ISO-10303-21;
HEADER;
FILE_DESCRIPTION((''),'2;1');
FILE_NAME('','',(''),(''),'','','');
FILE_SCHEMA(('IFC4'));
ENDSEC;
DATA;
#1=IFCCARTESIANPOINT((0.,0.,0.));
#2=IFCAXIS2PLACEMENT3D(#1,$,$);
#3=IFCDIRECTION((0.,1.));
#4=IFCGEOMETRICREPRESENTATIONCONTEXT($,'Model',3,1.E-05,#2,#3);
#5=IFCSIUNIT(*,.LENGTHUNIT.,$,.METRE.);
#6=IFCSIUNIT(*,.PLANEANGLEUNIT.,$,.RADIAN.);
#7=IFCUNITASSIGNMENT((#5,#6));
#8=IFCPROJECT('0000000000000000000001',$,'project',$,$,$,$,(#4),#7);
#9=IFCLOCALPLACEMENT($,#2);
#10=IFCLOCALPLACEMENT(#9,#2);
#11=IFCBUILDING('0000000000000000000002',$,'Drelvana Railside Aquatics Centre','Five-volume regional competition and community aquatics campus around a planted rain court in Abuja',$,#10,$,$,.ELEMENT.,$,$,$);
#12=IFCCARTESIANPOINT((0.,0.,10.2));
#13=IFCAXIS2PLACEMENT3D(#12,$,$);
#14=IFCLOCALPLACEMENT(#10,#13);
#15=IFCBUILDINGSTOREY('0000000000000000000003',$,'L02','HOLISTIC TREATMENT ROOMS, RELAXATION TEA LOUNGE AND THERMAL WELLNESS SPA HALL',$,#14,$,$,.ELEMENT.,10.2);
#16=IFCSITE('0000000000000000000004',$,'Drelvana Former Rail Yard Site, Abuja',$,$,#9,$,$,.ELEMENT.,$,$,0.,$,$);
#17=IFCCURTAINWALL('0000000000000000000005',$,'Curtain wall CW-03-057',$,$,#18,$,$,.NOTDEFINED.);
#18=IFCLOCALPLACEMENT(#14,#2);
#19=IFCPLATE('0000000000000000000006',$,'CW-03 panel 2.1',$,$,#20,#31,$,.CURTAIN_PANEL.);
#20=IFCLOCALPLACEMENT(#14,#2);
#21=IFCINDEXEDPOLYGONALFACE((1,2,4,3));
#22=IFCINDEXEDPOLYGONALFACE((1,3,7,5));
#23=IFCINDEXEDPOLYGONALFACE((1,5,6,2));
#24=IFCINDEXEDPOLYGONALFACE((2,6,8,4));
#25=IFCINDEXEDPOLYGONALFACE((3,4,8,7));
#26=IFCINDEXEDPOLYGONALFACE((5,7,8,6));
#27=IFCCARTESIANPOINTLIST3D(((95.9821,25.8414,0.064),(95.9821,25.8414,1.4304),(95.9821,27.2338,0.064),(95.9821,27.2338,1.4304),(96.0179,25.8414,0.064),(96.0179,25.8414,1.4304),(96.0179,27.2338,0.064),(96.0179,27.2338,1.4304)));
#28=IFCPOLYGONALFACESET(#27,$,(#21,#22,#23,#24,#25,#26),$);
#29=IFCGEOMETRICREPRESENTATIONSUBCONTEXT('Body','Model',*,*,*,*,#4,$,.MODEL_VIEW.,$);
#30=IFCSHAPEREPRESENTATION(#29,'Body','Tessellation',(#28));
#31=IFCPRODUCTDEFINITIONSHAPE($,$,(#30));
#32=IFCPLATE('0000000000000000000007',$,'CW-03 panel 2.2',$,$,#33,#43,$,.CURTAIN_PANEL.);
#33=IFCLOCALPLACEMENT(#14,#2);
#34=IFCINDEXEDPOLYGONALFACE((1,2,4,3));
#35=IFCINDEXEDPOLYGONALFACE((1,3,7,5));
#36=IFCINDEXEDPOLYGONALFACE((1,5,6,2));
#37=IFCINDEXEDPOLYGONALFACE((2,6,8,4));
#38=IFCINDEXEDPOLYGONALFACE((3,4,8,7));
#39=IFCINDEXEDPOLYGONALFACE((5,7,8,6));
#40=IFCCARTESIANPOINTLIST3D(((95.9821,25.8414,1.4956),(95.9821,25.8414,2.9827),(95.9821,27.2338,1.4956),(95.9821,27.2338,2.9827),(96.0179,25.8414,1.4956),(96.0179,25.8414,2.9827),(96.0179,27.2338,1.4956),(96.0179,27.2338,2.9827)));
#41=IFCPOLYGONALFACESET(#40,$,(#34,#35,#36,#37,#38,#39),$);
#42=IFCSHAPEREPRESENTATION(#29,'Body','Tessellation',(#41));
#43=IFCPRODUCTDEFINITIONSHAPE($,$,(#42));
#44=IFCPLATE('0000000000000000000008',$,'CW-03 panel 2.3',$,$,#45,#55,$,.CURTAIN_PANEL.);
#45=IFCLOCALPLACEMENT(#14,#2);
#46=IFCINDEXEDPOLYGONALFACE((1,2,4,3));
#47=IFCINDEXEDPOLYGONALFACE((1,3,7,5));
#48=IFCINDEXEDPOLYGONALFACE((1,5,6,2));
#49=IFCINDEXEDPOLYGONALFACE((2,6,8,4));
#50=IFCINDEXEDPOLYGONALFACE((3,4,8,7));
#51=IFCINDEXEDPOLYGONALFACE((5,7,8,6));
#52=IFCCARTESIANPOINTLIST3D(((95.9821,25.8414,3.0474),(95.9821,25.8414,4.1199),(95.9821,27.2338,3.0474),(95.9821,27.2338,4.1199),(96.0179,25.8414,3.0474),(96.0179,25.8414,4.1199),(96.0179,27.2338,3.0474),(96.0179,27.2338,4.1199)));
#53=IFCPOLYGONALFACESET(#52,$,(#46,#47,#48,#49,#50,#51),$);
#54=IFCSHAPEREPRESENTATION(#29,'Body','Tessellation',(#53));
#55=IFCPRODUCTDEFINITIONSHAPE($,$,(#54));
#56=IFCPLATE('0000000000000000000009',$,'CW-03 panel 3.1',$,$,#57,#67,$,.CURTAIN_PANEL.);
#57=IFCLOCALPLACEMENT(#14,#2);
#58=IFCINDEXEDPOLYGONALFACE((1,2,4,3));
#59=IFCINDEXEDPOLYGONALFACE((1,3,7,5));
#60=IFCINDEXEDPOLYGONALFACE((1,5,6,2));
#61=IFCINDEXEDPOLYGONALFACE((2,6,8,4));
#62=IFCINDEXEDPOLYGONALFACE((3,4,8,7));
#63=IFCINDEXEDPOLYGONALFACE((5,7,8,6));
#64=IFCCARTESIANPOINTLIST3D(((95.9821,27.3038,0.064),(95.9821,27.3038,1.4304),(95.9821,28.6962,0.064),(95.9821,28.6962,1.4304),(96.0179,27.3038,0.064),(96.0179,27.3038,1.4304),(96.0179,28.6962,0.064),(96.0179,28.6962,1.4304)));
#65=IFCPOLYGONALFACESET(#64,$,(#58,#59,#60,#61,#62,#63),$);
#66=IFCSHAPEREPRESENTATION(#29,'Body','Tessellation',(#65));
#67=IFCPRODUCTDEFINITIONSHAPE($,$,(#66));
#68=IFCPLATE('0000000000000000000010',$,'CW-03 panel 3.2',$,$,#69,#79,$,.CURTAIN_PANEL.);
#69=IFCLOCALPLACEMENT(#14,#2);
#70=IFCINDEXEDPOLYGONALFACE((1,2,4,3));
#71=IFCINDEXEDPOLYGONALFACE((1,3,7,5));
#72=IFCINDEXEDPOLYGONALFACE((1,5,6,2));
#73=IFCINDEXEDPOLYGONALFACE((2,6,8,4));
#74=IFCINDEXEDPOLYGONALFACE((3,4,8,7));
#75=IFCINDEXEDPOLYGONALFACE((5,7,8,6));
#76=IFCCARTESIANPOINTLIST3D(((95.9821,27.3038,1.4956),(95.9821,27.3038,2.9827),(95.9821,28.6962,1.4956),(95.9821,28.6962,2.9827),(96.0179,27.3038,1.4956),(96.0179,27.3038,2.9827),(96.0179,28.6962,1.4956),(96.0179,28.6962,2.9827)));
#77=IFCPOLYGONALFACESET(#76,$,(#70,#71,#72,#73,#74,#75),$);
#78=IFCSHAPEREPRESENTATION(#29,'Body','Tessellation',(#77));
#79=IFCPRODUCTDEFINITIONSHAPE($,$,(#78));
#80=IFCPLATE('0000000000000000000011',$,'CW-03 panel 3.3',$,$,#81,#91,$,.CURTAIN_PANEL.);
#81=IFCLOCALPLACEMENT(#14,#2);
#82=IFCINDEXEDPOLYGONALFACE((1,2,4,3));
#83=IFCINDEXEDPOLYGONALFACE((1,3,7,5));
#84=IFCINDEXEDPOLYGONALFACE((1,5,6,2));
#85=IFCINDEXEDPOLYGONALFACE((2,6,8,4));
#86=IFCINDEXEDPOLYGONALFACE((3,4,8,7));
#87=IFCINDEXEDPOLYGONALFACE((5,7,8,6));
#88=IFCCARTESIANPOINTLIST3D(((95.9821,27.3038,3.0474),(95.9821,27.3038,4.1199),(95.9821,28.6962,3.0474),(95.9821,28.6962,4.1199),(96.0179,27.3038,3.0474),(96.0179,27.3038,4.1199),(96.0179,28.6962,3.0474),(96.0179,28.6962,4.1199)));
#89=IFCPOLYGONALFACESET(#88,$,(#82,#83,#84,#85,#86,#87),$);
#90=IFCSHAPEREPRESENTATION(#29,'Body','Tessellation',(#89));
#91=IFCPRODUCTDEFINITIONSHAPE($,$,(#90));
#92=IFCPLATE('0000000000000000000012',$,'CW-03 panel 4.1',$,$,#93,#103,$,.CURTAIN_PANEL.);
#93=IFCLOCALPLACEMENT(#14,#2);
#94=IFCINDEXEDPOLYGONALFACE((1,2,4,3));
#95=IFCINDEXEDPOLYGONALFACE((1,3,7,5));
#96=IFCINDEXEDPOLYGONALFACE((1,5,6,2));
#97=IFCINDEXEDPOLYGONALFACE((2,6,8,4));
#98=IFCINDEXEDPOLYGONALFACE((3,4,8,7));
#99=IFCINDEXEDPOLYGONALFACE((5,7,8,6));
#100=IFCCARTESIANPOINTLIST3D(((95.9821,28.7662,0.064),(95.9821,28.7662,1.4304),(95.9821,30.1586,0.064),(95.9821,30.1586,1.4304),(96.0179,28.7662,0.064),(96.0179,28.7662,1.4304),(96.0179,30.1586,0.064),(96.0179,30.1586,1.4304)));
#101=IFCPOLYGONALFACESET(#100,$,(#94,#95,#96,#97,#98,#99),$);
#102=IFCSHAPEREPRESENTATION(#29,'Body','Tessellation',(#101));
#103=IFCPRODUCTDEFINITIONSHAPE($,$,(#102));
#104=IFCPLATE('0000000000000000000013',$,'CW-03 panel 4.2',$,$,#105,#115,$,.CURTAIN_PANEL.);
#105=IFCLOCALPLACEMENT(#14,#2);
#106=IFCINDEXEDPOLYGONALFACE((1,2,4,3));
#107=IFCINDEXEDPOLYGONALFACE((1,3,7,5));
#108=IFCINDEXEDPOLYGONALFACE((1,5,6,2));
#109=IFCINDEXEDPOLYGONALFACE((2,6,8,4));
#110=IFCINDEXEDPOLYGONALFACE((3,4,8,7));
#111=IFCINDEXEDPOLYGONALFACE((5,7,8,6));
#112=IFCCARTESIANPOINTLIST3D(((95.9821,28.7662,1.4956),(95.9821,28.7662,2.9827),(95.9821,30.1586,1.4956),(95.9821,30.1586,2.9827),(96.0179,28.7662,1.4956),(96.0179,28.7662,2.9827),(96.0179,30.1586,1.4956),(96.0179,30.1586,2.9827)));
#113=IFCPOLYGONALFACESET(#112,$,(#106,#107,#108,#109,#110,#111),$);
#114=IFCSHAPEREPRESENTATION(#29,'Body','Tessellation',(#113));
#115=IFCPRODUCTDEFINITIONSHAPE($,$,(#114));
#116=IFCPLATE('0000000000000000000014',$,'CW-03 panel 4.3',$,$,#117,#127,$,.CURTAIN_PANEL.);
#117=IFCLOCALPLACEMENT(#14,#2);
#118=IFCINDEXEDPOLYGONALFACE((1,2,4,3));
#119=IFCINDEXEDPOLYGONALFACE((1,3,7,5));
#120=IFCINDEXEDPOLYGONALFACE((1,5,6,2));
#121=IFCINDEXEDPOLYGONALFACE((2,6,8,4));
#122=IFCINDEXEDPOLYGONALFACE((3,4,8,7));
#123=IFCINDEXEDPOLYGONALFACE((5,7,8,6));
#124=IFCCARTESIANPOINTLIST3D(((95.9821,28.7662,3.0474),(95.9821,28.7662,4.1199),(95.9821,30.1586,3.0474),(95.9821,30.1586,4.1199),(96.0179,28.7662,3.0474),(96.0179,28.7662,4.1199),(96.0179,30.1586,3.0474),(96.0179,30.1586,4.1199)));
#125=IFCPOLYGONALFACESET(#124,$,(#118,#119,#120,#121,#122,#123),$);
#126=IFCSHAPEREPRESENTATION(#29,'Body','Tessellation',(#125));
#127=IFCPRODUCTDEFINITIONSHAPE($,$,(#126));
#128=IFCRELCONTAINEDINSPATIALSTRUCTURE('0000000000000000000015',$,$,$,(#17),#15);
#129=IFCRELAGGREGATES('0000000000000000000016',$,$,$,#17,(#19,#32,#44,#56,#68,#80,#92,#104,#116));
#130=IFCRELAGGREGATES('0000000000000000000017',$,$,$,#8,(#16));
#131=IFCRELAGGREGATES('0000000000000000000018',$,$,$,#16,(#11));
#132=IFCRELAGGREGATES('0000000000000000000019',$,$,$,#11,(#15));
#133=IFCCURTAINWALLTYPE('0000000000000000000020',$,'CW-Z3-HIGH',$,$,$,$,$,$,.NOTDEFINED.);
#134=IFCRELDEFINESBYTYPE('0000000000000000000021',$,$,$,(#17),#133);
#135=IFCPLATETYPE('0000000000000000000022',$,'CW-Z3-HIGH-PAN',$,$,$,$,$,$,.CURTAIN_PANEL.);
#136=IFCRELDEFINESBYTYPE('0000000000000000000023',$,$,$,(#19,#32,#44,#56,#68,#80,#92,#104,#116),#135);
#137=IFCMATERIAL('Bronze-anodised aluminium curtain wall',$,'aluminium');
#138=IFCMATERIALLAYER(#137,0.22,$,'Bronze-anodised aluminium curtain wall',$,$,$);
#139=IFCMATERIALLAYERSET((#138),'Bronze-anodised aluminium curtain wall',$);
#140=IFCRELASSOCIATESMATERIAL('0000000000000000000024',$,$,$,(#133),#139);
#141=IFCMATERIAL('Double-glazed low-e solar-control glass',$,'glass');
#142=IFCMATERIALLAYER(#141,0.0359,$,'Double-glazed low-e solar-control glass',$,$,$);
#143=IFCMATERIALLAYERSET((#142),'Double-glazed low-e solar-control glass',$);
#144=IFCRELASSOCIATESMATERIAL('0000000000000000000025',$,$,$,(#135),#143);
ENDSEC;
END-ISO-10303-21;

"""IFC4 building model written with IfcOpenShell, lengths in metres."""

from ifc_helpers import new_model, si_unit, direction, frame, origin, origin_2d, place, context, subcontext, project, spatial, rectangle, extrude, material, layer, layer_set, type_object, element, aggregate, save


model = new_model("IFC4")

# Units and contexts
model_context = context("Model", 3, precision=1e-05, world=origin(), true_north=direction((0.0, 1.0)))
body_context = subcontext(model_context, "Body", "Model", "MODEL_VIEW")
ifc_project = project(units=[si_unit("LENGTHUNIT", "METRE"), si_unit("PLANEANGLEUNIT", "RADIAN")], contexts=[model_context])

# Site, building, storey
site_placement = place(None, origin())
site = spatial("IfcSite", under=ifc_project, at=site_placement, Name="Drelvana Former Rail Yard Site, Abuja", CompositionType="ELEMENT", RefElevation=0.0)
building_placement = place(site_placement, origin())
building = spatial("IfcBuilding", under=site, at=building_placement, Name="Drelvana Railside Aquatics Centre", Description="Five-volume regional competition and community aquatics campus around a planted rain court in Abuja", CompositionType="ELEMENT")
storey_placement = place(building_placement, frame((0.0, 0.0, 10.2)))
storey = spatial("IfcBuildingStorey", under=building, at=storey_placement, Name="L02", Description="HOLISTIC TREATMENT ROOMS, RELAXATION TEA LOUNGE AND THERMAL WELLNESS SPA HALL", CompositionType="ELEMENT", Elevation=10.2)

# Curtain wall, plates
ifc_material_1 = material(Name="Bronze-anodised aluminium curtain wall", Category="aluminium")
ifc_layer_1 = layer(ifc_material_1, 0.22, Name="Bronze-anodised aluminium curtain wall")
ifc_layer_set_1 = layer_set([ifc_layer_1], Name="Bronze-anodised aluminium curtain wall")
curtain_wall_type = type_object("IfcCurtainWallType", Name="CW-Z3-HIGH", PredefinedType="NOTDEFINED", material=ifc_layer_set_1)
curtain_wall_placement = place(storey_placement, origin())
curtain_wall = element("IfcCurtainWall", 1, at=curtain_wall_placement, inside=storey, type_object=curtain_wall_type, Name="Curtain wall CW-03-057", PredefinedType="NOTDEFINED")
ifc_material_2 = material(Name="Double-glazed low-e solar-control glass", Category="glass")
ifc_layer_2 = layer(ifc_material_2, 0.0359, Name="Double-glazed low-e solar-control glass")
ifc_layer_set_2 = layer_set([ifc_layer_2], Name="Double-glazed low-e solar-control glass")
plate_type = type_object("IfcPlateType", Name="CW-Z3-HIGH-PAN", PredefinedType="CURTAIN_PANEL", material=ifc_layer_set_2)
plate_1_placement = place(storey_placement, frame((96.0, 26.5376, 0.064), z_axis=(0.0, 0.0, 1.0), x_axis=(0.0, 1.0, 0.0)))
plate_1 = element("IfcPlate", 2, at=plate_1_placement, type_object=plate_type, Name="CW-03 panel 2.1", PredefinedType="CURTAIN_PANEL", context=body_context, shape_type="SweptSolid", body=[
    extrude(rectangle(XDim=1.3923, YDim=0.0359, at=origin_2d()), origin(), (0.0, 0.0, 1.0), 1.3665),
])
plate_2_placement = place(storey_placement, frame((96.0, 26.5376, 1.4956), z_axis=(0.0, 0.0, 1.0), x_axis=(0.0, 1.0, 0.0)))
plate_2 = element("IfcPlate", 3, at=plate_2_placement, type_object=plate_type, Name="CW-03 panel 2.2", PredefinedType="CURTAIN_PANEL", context=body_context, shape_type="SweptSolid", body=[
    extrude(rectangle(XDim=1.3923, YDim=0.0359, at=origin_2d()), origin(), (0.0, 0.0, 1.0), 1.4871),
])
plate_3_placement = place(storey_placement, frame((96.0, 26.5376, 3.0474), z_axis=(0.0, 0.0, 1.0), x_axis=(0.0, 1.0, 0.0)))
plate_3 = element("IfcPlate", 4, at=plate_3_placement, type_object=plate_type, Name="CW-03 panel 2.3", PredefinedType="CURTAIN_PANEL", context=body_context, shape_type="SweptSolid", body=[
    extrude(rectangle(XDim=1.3923, YDim=0.0359, at=origin_2d()), origin(), (0.0, 0.0, 1.0), 1.0725),
])
plate_4_placement = place(storey_placement, frame((96.0, 28.0, 0.064), z_axis=(0.0, 0.0, 1.0), x_axis=(0.0, 1.0, 0.0)))
plate_4 = element("IfcPlate", 5, at=plate_4_placement, type_object=plate_type, Name="CW-03 panel 3.1", PredefinedType="CURTAIN_PANEL", context=body_context, shape_type="SweptSolid", body=[
    extrude(rectangle(XDim=1.3923, YDim=0.0359, at=origin_2d()), origin(), (0.0, 0.0, 1.0), 1.3665),
])
plate_5_placement = place(storey_placement, frame((96.0, 28.0, 1.4956), z_axis=(0.0, 0.0, 1.0), x_axis=(0.0, 1.0, 0.0)))
plate_5 = element("IfcPlate", 6, at=plate_5_placement, type_object=plate_type, Name="CW-03 panel 3.2", PredefinedType="CURTAIN_PANEL", context=body_context, shape_type="SweptSolid", body=[
    extrude(rectangle(XDim=1.3923, YDim=0.0359, at=origin_2d()), origin(), (0.0, 0.0, 1.0), 1.4871),
])
plate_6_placement = place(storey_placement, frame((96.0, 28.0, 3.0474), z_axis=(0.0, 0.0, 1.0), x_axis=(0.0, 1.0, 0.0)))
plate_6 = element("IfcPlate", 7, at=plate_6_placement, type_object=plate_type, Name="CW-03 panel 3.3", PredefinedType="CURTAIN_PANEL", context=body_context, shape_type="SweptSolid", body=[
    extrude(rectangle(XDim=1.3923, YDim=0.0359, at=origin_2d()), origin(), (0.0, 0.0, 1.0), 1.0725),
])
plate_7_placement = place(storey_placement, frame((96.0, 29.4624, 0.064), z_axis=(0.0, 0.0, 1.0), x_axis=(0.0, 1.0, 0.0)))
plate_7 = element("IfcPlate", 8, at=plate_7_placement, type_object=plate_type, Name="CW-03 panel 4.1", PredefinedType="CURTAIN_PANEL", context=body_context, shape_type="SweptSolid", body=[
    extrude(rectangle(XDim=1.3923, YDim=0.0359, at=origin_2d()), origin(), (0.0, 0.0, 1.0), 1.3665),
])
plate_8_placement = place(storey_placement, frame((96.0, 29.4624, 1.4956), z_axis=(0.0, 0.0, 1.0), x_axis=(0.0, 1.0, 0.0)))
plate_8 = element("IfcPlate", 9, at=plate_8_placement, type_object=plate_type, Name="CW-03 panel 4.2", PredefinedType="CURTAIN_PANEL", context=body_context, shape_type="SweptSolid", body=[
    extrude(rectangle(XDim=1.3923, YDim=0.0359, at=origin_2d()), origin(), (0.0, 0.0, 1.0), 1.4871),
])
plate_9_placement = place(storey_placement, frame((96.0, 29.4624, 3.0474), z_axis=(0.0, 0.0, 1.0), x_axis=(0.0, 1.0, 0.0)))
plate_9 = element("IfcPlate", 10, at=plate_9_placement, type_object=plate_type, Name="CW-03 panel 4.3", PredefinedType="CURTAIN_PANEL", context=body_context, shape_type="SweptSolid", body=[
    extrude(rectangle(XDim=1.3923, YDim=0.0359, at=origin_2d()), origin(), (0.0, 0.0, 1.0), 1.0725),
])
aggregate(curtain_wall, [plate_1, plate_2, plate_3, plate_4, plate_5, plate_6, plate_7, plate_8, plate_9])

save(model, "model.ifc")
